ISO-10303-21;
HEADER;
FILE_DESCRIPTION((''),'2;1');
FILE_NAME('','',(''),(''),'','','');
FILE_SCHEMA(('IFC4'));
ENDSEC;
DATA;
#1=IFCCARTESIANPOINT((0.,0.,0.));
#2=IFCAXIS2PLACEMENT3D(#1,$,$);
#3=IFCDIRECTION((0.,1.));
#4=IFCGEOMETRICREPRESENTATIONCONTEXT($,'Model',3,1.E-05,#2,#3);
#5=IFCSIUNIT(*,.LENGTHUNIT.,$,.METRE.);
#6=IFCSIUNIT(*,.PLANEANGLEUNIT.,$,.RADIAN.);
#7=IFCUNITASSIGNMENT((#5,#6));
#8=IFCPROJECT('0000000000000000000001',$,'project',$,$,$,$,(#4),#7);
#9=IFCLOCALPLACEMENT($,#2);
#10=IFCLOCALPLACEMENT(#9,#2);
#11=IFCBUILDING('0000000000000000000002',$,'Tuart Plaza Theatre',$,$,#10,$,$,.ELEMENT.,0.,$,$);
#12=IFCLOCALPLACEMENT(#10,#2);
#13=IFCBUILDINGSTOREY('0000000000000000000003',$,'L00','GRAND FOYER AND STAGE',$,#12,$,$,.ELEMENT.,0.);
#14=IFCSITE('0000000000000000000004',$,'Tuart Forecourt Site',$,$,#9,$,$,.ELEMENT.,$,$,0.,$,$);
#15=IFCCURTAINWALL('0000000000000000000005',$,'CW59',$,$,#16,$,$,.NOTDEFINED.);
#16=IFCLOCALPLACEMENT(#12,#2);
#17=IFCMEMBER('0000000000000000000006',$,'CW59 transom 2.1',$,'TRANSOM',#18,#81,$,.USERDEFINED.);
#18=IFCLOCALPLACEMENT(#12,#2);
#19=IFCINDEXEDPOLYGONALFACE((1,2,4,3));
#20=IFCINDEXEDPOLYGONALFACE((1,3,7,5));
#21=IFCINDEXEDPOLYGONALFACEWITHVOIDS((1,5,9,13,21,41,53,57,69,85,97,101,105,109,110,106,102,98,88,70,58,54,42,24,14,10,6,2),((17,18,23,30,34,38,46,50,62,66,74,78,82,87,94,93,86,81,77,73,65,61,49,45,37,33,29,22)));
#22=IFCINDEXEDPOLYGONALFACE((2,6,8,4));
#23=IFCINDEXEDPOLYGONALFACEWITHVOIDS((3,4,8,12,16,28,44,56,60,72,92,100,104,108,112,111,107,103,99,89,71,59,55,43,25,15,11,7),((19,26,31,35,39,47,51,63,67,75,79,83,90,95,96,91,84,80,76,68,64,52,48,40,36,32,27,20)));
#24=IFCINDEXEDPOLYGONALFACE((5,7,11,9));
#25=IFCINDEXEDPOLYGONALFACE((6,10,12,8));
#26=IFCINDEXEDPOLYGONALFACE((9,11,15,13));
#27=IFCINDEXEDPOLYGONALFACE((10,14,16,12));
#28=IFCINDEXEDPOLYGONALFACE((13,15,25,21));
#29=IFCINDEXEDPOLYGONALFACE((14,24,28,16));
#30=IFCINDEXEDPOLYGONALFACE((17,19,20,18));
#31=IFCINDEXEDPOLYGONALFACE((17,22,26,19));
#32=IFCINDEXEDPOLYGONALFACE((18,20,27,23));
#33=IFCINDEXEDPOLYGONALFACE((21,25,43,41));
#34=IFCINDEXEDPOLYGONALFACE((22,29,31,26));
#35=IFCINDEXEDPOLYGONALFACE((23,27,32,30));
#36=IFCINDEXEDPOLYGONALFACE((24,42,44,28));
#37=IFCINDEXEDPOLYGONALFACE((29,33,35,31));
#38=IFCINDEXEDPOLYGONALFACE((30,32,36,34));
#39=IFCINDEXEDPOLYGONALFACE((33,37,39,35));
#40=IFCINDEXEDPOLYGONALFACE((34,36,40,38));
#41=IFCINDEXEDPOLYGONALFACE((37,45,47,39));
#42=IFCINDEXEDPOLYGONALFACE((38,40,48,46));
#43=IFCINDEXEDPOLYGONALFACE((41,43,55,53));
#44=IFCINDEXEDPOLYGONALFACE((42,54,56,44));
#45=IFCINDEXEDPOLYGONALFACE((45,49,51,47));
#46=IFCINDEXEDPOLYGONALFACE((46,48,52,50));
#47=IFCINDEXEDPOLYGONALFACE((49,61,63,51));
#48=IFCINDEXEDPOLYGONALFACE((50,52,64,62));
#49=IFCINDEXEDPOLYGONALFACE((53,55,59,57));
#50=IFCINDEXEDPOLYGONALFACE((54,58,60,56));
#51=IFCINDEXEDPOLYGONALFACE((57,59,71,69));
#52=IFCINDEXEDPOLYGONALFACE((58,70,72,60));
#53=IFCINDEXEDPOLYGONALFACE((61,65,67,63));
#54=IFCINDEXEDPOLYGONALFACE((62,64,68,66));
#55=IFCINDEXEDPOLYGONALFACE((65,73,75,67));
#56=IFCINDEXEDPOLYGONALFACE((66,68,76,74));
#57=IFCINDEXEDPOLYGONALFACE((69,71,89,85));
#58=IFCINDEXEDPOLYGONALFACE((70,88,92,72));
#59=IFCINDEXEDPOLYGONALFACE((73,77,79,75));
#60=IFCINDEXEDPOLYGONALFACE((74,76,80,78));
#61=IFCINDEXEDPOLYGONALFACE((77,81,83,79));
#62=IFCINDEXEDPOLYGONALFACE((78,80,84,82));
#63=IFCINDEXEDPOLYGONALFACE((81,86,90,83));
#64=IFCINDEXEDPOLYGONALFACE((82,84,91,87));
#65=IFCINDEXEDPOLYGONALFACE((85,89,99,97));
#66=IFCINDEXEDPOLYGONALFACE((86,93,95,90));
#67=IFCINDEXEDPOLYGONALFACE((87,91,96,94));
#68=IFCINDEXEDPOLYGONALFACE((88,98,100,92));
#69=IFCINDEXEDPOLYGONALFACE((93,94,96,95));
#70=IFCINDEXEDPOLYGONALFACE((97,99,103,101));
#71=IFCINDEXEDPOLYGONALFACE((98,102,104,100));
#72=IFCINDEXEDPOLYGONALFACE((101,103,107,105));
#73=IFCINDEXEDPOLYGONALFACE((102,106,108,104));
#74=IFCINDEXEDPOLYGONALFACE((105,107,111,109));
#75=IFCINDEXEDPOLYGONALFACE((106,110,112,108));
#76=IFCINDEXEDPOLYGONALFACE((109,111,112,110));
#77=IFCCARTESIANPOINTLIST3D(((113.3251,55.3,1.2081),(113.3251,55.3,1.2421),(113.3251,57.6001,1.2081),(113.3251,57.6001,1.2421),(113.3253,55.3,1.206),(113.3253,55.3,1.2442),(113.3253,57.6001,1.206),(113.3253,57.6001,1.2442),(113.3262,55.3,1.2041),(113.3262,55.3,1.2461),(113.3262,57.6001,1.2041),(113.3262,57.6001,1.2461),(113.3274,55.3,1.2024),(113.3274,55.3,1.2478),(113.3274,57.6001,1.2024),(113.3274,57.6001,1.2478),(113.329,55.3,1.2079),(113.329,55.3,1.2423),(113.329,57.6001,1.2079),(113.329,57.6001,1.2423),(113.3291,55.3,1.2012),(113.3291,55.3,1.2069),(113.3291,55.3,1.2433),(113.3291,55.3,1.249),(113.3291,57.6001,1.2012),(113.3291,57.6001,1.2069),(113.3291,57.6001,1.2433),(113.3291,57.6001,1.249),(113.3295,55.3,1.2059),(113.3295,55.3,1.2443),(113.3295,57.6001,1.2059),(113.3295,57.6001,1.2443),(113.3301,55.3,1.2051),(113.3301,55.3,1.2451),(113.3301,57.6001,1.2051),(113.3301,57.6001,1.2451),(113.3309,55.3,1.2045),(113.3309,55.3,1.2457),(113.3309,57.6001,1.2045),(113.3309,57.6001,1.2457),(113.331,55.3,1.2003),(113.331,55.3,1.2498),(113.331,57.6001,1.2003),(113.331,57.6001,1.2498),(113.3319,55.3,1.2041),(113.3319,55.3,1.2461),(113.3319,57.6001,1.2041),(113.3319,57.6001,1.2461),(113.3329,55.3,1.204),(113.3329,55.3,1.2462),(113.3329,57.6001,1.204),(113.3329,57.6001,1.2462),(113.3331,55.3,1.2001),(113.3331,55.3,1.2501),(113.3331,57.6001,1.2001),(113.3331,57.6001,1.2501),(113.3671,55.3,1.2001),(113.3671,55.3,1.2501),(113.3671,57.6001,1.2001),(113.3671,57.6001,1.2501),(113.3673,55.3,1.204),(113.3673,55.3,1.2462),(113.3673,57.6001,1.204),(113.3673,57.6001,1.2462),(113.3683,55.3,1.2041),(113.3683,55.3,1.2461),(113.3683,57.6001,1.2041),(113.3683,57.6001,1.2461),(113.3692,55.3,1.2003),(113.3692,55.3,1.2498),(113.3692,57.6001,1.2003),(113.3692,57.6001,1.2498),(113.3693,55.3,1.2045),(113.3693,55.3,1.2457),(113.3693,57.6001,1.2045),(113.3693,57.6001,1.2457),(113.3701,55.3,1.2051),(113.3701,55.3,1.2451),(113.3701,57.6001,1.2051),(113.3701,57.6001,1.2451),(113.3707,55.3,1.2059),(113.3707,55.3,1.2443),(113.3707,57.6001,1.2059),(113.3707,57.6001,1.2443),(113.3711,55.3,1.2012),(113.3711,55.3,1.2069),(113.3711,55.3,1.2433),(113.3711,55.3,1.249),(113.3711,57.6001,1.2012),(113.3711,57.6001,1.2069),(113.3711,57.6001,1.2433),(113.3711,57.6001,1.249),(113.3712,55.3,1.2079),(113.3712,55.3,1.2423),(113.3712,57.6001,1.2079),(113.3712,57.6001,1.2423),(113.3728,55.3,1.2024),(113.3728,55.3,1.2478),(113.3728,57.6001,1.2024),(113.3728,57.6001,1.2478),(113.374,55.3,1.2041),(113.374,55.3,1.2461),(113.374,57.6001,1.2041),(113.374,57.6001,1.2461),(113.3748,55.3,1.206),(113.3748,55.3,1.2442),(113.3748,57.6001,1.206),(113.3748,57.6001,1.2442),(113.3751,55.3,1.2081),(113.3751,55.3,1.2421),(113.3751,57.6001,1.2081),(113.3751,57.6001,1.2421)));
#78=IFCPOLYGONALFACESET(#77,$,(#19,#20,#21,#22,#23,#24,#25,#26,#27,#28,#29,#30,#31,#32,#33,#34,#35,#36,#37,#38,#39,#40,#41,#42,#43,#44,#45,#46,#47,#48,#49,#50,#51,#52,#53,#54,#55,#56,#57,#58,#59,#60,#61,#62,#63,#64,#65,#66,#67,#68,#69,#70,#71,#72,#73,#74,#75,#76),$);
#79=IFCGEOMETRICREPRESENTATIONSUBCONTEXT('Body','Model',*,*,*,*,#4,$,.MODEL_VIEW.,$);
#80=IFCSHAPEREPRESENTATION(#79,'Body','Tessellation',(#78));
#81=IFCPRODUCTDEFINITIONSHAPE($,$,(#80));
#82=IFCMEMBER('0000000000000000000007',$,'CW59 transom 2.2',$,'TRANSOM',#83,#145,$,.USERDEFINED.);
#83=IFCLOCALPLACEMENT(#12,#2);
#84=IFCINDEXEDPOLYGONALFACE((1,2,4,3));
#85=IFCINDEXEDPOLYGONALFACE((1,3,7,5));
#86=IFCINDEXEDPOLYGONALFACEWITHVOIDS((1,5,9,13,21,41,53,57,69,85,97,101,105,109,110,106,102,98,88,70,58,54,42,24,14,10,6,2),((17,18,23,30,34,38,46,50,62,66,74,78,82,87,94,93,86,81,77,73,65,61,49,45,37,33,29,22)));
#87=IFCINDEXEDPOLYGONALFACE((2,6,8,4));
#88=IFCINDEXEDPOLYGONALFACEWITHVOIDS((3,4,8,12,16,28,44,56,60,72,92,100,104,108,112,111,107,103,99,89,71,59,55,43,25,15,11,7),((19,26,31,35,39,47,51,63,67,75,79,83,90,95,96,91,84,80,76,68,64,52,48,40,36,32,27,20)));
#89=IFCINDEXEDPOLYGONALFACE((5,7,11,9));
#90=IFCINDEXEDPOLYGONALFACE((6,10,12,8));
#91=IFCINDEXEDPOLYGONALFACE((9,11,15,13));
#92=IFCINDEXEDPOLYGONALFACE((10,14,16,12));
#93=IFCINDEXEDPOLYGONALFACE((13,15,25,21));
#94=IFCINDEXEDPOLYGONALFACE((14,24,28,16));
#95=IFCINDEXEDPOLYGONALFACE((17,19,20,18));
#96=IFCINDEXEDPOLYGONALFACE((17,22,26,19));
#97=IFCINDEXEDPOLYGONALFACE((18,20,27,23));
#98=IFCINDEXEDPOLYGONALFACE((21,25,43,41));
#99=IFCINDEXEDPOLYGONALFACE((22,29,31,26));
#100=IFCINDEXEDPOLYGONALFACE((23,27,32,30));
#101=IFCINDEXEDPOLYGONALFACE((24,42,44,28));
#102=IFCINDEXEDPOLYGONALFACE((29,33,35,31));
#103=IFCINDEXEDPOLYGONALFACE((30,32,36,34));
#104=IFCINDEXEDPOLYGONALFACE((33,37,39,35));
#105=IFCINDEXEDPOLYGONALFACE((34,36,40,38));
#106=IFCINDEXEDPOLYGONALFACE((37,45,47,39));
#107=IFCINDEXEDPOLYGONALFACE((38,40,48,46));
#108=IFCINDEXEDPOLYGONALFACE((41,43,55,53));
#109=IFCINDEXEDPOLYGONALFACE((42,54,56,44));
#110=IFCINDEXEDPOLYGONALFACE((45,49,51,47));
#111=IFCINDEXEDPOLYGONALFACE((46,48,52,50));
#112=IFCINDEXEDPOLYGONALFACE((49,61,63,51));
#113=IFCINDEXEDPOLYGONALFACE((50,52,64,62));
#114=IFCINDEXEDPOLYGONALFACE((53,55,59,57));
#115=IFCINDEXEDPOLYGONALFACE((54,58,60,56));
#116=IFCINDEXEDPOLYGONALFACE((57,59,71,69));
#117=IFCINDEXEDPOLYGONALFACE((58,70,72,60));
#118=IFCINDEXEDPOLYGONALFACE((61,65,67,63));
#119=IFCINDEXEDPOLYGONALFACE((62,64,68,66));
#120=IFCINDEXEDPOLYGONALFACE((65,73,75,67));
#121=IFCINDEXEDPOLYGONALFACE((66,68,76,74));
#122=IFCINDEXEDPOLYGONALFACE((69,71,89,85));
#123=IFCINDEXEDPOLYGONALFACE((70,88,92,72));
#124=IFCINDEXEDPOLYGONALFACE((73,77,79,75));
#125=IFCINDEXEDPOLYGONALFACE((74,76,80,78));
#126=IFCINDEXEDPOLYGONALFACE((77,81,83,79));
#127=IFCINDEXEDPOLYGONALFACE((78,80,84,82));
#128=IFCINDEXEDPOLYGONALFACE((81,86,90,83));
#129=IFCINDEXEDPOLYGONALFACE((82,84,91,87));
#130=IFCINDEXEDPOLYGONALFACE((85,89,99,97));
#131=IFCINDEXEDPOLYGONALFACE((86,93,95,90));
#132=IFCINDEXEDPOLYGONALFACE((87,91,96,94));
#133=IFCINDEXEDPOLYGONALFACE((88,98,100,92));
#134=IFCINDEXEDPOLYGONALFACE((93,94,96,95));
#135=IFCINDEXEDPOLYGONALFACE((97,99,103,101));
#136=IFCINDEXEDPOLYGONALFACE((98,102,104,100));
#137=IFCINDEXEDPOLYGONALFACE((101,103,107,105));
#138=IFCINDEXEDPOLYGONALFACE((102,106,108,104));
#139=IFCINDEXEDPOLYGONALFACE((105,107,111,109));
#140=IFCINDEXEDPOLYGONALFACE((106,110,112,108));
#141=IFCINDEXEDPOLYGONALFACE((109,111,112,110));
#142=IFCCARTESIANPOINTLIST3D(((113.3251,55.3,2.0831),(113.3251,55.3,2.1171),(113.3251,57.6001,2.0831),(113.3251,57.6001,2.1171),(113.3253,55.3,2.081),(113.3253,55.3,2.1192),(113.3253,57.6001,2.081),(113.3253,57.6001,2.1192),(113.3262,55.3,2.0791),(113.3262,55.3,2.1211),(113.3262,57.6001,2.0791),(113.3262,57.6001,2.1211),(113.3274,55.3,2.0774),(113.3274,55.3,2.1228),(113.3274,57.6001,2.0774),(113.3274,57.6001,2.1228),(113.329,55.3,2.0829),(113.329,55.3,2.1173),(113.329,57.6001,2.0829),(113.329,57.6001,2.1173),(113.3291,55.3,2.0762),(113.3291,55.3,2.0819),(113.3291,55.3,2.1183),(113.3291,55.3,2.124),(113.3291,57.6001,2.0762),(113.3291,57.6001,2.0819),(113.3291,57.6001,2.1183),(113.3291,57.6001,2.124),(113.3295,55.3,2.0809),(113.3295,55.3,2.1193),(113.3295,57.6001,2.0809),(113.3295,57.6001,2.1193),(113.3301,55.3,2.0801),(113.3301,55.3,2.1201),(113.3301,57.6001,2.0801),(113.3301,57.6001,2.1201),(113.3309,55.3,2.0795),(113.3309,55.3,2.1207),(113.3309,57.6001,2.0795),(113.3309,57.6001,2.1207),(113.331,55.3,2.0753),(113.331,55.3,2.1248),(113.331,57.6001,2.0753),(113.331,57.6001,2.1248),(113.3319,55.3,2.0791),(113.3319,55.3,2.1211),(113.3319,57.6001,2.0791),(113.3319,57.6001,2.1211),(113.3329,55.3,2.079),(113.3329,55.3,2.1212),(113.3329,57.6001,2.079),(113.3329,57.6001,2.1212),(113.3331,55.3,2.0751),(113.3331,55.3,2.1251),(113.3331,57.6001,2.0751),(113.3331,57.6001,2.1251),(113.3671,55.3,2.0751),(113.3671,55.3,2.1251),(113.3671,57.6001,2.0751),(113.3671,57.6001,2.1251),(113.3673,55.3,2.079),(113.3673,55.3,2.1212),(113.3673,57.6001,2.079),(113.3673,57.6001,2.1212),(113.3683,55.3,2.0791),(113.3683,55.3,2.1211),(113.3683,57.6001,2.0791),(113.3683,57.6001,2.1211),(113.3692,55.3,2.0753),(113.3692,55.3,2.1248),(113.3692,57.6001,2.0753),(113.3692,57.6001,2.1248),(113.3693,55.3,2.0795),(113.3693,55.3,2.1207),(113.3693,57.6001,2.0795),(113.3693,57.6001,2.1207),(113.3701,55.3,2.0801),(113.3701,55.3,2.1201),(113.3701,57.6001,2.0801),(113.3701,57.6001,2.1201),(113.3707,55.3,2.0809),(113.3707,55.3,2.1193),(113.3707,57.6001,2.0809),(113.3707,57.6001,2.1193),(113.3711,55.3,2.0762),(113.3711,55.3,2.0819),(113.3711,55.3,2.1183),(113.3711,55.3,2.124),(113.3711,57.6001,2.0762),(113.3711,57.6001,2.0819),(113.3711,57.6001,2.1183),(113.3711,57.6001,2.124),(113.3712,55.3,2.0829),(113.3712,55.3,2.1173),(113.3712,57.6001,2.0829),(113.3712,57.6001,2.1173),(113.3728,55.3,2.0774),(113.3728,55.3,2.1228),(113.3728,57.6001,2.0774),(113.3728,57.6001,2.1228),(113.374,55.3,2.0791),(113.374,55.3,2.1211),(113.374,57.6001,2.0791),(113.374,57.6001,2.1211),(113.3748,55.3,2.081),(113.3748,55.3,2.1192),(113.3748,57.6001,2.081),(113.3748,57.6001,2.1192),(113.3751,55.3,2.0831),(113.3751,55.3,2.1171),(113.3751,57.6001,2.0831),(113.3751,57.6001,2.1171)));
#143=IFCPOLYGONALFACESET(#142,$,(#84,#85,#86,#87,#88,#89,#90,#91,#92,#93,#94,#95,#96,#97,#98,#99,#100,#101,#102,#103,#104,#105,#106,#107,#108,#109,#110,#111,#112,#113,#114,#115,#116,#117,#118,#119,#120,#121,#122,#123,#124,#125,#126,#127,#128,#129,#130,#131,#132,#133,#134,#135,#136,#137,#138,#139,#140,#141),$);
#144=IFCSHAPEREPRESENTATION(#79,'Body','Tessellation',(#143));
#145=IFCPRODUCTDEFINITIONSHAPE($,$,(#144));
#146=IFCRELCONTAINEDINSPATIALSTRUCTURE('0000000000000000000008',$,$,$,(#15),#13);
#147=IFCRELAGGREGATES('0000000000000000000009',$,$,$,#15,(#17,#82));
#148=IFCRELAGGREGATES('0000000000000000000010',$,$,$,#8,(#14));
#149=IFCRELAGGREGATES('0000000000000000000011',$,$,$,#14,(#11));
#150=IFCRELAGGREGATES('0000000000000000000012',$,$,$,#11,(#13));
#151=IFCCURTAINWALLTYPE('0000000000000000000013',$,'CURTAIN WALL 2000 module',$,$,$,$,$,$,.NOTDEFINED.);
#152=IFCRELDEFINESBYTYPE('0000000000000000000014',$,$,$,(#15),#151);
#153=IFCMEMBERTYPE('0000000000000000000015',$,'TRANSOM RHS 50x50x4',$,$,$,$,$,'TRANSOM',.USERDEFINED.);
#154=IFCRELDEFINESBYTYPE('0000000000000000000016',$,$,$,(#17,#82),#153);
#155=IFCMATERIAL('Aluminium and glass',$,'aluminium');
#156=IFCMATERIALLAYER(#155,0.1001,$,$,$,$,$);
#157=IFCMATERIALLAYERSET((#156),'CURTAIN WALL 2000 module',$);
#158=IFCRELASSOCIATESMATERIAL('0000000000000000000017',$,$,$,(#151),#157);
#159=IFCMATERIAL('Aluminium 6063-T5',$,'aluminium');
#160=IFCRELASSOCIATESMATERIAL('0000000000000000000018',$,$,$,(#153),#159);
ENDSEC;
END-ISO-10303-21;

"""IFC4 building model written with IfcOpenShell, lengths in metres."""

from ifc_helpers import new_model, si_unit, direction, frame, origin, origin_2d, place, context, subcontext, project, spatial, hollow_rectangle, extrude, material, layer, layer_set, material_profile, profile_set, type_object, element, aggregate, save


model = new_model("IFC4")

# Units and contexts
model_context = context("Model", 3, precision=1e-05, world=origin(), true_north=direction((0.0, 1.0)))
body_context = subcontext(model_context, "Body", "Model", "MODEL_VIEW")
ifc_project = project(units=[si_unit("LENGTHUNIT", "METRE"), si_unit("PLANEANGLEUNIT", "RADIAN")], contexts=[model_context])

# Site, building, storey
site_placement = place(None, origin())
site = spatial("IfcSite", under=ifc_project, at=site_placement, Name="Tuart Forecourt Site", CompositionType="ELEMENT", RefElevation=0.0)
building_placement = place(site_placement, origin())
building = spatial("IfcBuilding", under=site, at=building_placement, Name="Tuart Plaza Theatre", CompositionType="ELEMENT", ElevationOfRefHeight=0.0)
storey_placement = place(building_placement, origin())
storey = spatial("IfcBuildingStorey", under=building, at=storey_placement, Name="L00", Description="GRAND FOYER AND STAGE", CompositionType="ELEMENT", Elevation=0.0)

# Curtain wall, members
ifc_material_1 = material(Name="Aluminium and glass", Category="aluminium")
ifc_layer_1 = layer(ifc_material_1, 0.1001)
ifc_layer_set_1 = layer_set([ifc_layer_1], Name="CURTAIN WALL 2000 module")
curtain_wall_type = type_object("IfcCurtainWallType", Name="CURTAIN WALL 2000 module", PredefinedType="NOTDEFINED", material=ifc_layer_set_1)
curtain_wall_placement = place(storey_placement, origin())
curtain_wall = element("IfcCurtainWall", 1, at=curtain_wall_placement, inside=storey, type_object=curtain_wall_type, Name="CW59", PredefinedType="NOTDEFINED")
ifc_material_2 = material(Name="Aluminium 6063-T5", Category="aluminium")
ifc_material_profile_1 = material_profile(ifc_material_2, hollow_rectangle(XDim=0.05, YDim=0.05, WallThickness=0.0039, InnerFilletRadius=0.0039, OuterFilletRadius=0.0081, at=origin_2d()), Name="RHS 50x50x4")
ifc_profile_set_1 = profile_set([ifc_material_profile_1], Name="Aluminium 6063-T5")
member_type_1 = type_object("IfcMemberType", Name="TRANSOM RHS 50x50x4", ElementType="TRANSOM", PredefinedType="USERDEFINED", material=ifc_profile_set_1)
member_1_placement = place(storey_placement, frame((113.3501, 57.6001, 1.2251), z_axis=(0.0, -1.0, 0.0), x_axis=(1.0, 0.0, 0.0)))
member_1 = element("IfcMember", 2, at=member_1_placement, type_object=member_type_1, Name="CW59 transom 2.1", ObjectType="TRANSOM", PredefinedType="USERDEFINED", context=body_context, shape_type="SweptSolid", body=[
    extrude(hollow_rectangle(XDim=0.05, YDim=0.05, WallThickness=0.0039, InnerFilletRadius=0.0039, OuterFilletRadius=0.0081, at=origin_2d()), origin(), (0.0, 0.0, 1.0), 2.3),
])
member_2_placement = place(storey_placement, frame((113.3501, 57.6001, 2.1001), z_axis=(0.0, -1.0, 0.0), x_axis=(1.0, 0.0, 0.0)))
member_2 = element("IfcMember", 3, at=member_2_placement, type_object=member_type_1, Name="CW59 transom 2.2", ObjectType="TRANSOM", PredefinedType="USERDEFINED", context=body_context, shape_type="SweptSolid", body=[
    extrude(hollow_rectangle(XDim=0.05, YDim=0.05, WallThickness=0.0039, InnerFilletRadius=0.0039, OuterFilletRadius=0.0081, at=origin_2d()), origin(), (0.0, 0.0, 1.0), 2.3),
])
aggregate(curtain_wall, [member_1, member_2])

save(model, "model.ifc")
